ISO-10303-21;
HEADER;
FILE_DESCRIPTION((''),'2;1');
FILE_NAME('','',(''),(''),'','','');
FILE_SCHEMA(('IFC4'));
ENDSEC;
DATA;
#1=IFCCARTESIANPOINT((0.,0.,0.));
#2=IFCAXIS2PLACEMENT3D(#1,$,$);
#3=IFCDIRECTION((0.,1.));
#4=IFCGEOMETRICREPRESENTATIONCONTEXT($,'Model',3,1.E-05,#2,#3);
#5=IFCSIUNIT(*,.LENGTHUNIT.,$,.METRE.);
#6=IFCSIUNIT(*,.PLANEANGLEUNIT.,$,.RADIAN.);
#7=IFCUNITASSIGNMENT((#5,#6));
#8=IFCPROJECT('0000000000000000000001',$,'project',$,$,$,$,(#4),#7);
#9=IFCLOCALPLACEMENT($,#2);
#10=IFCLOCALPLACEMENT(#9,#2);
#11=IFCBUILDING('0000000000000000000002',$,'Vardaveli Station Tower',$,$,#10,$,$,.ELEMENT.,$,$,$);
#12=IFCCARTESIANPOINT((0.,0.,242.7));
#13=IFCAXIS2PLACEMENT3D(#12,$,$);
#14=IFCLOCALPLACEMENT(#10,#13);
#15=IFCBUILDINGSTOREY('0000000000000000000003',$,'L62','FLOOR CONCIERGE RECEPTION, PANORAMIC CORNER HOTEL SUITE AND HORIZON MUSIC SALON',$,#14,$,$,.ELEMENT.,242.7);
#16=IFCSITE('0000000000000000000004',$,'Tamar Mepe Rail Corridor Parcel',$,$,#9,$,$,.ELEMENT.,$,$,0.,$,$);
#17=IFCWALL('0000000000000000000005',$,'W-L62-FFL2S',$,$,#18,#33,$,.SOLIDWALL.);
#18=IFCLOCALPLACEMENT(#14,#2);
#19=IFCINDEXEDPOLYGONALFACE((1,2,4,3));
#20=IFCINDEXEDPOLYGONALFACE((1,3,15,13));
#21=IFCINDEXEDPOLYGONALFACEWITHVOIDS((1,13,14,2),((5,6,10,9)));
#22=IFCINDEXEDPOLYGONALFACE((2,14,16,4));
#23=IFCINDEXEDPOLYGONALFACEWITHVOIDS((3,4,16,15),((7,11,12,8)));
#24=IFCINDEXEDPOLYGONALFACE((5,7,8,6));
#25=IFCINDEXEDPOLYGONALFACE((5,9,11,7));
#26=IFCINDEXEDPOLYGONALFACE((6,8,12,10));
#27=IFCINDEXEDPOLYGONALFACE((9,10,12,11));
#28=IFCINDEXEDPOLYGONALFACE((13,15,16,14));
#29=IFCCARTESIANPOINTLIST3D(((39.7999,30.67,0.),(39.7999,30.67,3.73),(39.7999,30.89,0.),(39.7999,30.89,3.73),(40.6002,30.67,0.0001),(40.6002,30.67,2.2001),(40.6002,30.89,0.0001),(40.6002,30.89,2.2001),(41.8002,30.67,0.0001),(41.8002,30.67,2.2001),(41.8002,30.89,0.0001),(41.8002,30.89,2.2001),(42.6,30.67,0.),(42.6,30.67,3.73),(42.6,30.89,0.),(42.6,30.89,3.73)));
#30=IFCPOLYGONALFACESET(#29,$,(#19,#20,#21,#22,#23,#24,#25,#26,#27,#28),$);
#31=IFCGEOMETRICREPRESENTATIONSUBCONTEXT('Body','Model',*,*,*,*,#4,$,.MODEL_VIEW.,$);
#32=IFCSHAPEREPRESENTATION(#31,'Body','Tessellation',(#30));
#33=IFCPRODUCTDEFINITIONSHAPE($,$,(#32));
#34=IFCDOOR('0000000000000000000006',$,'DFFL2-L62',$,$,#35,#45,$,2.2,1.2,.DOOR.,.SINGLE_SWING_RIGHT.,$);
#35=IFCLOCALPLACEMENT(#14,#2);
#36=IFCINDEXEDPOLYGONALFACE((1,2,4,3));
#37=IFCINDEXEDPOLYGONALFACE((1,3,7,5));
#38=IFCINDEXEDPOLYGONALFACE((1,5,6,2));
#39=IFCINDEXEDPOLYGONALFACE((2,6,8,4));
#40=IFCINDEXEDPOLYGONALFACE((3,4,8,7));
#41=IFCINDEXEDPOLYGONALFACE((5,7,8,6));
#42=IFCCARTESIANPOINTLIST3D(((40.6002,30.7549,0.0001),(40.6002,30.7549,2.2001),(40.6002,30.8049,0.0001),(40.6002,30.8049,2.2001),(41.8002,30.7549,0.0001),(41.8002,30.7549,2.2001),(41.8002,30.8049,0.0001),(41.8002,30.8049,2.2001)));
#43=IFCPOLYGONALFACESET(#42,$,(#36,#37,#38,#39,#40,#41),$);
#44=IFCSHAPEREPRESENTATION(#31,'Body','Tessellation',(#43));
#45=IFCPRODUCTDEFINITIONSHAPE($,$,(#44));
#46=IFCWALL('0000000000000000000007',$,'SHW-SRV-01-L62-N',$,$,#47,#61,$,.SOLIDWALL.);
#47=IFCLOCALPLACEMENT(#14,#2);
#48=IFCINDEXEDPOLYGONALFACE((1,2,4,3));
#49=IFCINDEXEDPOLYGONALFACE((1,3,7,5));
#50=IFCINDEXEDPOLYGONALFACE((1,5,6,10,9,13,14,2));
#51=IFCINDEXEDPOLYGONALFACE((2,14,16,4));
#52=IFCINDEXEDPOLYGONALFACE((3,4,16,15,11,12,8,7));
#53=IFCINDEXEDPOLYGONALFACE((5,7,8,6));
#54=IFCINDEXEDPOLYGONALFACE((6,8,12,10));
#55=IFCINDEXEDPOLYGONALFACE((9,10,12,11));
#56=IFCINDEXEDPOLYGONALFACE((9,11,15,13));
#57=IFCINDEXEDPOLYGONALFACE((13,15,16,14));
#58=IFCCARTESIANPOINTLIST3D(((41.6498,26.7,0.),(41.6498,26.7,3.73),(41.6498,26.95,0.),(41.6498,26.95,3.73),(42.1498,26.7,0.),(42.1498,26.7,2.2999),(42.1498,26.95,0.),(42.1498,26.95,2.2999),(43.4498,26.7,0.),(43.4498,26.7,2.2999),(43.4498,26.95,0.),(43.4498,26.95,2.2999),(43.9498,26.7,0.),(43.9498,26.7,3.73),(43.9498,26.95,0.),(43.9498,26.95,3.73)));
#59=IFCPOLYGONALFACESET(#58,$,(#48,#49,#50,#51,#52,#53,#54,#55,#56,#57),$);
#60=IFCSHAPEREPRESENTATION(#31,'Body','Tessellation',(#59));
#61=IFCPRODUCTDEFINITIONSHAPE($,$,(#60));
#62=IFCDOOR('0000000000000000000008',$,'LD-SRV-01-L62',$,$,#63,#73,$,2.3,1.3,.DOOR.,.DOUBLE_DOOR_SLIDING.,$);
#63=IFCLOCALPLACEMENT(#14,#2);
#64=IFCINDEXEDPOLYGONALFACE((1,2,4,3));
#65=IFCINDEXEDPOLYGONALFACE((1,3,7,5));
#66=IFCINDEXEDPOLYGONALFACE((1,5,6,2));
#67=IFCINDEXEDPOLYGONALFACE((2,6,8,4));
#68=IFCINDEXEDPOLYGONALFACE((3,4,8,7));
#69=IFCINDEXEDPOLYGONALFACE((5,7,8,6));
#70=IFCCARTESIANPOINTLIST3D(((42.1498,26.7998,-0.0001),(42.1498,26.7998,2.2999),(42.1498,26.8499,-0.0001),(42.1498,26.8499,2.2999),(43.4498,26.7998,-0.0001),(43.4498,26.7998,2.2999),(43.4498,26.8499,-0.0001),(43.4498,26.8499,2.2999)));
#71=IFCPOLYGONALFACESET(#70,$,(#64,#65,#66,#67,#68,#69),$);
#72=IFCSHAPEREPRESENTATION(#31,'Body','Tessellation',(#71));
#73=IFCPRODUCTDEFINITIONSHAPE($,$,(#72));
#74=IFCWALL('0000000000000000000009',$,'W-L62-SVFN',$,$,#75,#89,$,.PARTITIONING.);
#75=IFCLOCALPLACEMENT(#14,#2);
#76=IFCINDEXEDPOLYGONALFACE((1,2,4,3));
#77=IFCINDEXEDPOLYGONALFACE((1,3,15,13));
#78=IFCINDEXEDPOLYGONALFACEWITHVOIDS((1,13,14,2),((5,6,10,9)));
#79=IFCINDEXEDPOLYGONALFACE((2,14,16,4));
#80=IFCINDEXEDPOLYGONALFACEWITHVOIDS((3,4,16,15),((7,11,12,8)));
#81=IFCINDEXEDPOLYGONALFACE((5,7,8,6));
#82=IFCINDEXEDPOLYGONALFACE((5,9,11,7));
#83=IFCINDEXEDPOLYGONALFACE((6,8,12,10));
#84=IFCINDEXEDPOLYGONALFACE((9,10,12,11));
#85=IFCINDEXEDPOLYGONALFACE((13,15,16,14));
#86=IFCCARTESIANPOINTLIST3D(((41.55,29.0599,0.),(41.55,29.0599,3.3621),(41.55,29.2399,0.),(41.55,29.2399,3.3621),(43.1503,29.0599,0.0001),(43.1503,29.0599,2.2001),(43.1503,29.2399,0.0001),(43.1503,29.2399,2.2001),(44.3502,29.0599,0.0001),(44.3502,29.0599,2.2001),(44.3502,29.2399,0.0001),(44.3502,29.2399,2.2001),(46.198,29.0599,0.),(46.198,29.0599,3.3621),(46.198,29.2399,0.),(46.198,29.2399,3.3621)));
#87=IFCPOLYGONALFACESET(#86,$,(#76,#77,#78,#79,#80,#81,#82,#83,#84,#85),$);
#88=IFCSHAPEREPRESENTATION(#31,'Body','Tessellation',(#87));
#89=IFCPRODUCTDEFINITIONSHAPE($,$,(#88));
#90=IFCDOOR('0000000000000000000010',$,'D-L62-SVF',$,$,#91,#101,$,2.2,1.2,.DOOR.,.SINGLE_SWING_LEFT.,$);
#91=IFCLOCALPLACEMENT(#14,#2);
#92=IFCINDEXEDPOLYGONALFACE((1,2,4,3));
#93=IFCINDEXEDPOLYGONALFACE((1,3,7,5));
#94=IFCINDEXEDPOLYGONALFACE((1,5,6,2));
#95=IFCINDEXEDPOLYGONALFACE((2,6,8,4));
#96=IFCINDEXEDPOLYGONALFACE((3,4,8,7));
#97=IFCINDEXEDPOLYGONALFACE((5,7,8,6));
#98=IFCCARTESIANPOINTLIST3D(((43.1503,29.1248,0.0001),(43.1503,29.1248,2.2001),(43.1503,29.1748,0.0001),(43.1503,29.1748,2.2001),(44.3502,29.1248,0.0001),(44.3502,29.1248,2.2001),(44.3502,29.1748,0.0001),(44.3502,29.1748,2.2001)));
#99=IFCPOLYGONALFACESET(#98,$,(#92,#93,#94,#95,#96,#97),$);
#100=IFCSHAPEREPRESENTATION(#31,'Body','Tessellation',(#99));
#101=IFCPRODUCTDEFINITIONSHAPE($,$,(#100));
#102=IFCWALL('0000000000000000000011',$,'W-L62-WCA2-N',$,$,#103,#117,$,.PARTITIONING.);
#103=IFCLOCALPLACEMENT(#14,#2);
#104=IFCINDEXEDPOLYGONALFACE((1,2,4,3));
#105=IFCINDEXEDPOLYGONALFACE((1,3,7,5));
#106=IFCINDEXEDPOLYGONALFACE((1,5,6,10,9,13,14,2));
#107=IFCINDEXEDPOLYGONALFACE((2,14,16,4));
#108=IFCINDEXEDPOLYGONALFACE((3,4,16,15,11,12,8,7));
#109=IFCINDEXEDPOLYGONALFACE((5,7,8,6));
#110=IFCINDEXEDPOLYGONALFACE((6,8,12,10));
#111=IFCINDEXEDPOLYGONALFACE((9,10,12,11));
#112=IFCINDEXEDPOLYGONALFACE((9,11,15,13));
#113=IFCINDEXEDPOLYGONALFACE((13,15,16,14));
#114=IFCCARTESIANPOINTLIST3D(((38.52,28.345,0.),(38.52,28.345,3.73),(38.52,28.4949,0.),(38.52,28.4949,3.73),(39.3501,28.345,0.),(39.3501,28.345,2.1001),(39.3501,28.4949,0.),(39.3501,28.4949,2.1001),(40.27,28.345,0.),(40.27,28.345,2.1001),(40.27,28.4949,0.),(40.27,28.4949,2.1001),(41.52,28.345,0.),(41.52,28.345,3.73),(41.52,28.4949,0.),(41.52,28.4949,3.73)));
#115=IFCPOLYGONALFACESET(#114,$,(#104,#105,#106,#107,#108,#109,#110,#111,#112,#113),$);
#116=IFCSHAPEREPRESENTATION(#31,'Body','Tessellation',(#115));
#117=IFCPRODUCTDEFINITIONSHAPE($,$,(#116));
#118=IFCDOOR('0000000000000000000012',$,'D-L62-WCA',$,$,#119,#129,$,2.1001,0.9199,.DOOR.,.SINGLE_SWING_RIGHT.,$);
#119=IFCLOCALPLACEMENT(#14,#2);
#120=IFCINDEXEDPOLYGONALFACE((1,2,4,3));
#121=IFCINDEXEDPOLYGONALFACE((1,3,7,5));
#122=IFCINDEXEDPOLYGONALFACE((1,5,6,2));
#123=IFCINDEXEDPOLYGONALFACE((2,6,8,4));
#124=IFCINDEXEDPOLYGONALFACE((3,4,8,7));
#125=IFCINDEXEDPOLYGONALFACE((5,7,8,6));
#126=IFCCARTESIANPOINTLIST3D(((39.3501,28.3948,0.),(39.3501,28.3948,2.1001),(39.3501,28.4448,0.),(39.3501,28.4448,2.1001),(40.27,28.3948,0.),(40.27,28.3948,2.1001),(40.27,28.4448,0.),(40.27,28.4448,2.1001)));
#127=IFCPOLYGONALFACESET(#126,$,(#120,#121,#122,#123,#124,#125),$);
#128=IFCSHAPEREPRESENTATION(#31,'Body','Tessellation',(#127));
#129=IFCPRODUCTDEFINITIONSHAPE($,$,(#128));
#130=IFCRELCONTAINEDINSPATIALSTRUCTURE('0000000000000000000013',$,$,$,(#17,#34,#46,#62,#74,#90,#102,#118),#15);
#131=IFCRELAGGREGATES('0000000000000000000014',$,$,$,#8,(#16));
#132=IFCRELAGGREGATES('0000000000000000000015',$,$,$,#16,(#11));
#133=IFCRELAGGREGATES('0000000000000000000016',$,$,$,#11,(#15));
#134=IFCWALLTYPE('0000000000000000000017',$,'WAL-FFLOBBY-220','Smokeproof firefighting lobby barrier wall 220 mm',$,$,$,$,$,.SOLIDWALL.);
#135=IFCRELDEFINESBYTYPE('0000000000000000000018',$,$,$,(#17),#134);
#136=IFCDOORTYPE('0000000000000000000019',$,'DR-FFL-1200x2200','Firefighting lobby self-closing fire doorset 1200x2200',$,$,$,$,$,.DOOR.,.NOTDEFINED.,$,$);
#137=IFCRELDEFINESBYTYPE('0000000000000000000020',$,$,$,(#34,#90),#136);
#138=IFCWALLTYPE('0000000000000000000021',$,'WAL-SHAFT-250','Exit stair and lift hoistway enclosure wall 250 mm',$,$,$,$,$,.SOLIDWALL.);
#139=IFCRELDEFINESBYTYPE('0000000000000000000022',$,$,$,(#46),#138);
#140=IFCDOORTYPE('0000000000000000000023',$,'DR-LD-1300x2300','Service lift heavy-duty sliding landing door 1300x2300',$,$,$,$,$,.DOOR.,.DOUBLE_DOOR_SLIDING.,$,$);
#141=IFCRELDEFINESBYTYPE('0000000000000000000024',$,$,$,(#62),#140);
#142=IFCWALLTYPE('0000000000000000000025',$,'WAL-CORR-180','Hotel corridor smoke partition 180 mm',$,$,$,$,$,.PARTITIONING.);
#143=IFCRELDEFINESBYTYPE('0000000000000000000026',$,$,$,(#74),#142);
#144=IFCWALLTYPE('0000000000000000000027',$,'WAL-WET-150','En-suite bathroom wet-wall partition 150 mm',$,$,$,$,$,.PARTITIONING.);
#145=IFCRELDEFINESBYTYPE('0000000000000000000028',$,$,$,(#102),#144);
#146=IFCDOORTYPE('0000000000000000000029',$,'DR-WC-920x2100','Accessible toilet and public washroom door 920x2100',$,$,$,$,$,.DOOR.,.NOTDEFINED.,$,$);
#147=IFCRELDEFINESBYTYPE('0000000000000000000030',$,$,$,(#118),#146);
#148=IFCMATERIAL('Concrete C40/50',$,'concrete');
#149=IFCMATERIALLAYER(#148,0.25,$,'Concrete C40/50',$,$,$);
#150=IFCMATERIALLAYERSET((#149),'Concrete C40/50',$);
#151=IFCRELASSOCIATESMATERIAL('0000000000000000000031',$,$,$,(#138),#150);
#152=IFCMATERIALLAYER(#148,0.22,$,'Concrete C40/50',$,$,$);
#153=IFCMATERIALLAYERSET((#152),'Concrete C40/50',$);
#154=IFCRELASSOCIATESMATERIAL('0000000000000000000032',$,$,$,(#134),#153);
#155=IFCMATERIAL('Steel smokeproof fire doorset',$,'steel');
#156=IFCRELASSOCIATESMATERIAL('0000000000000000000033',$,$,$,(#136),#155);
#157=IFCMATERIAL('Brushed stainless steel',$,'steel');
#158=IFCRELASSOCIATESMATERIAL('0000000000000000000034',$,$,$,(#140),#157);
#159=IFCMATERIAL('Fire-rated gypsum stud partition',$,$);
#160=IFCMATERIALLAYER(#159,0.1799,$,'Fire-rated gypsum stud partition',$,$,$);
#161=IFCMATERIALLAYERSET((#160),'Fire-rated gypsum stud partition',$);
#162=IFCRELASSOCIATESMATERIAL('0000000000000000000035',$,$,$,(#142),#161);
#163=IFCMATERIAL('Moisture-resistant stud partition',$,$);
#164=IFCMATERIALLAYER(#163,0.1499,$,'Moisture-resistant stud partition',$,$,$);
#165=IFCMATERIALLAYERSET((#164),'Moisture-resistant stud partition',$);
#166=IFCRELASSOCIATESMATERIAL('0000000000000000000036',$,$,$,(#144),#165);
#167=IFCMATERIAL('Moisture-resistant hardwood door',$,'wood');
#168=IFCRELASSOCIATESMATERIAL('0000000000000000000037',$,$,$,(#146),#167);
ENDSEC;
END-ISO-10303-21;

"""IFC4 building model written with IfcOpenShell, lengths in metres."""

from ifc_helpers import new_model, si_unit, direction, frame, frame_2d, origin, place, context, subcontext, project, spatial, rectangle, extrude, source, transform, mapped, material, layer, layer_set, type_object, element, fill, save


model = new_model("IFC4")

# Units and contexts
model_context = context("Model", 3, precision=1e-05, world=origin(), true_north=direction((0.0, 1.0)))
body_context = subcontext(model_context, "Body", "Model", "MODEL_VIEW")
ifc_project = project(units=[si_unit("LENGTHUNIT", "METRE"), si_unit("PLANEANGLEUNIT", "RADIAN")], contexts=[model_context])

# Site, building, storey
site_placement = place(None, origin())
site = spatial("IfcSite", under=ifc_project, at=site_placement, Name="Tamar Mepe Rail Corridor Parcel", CompositionType="ELEMENT", RefElevation=0.0)
building_placement = place(site_placement, origin())
building = spatial("IfcBuilding", under=site, at=building_placement, Name="Vardaveli Station Tower", CompositionType="ELEMENT")
storey_placement = place(building_placement, frame((0.0, 0.0, 242.7)))
storey = spatial("IfcBuildingStorey", under=building, at=storey_placement, Name="L62", Description="FLOOR CONCIERGE RECEPTION, PANORAMIC CORNER HOTEL SUITE AND HORIZON MUSIC SALON", CompositionType="ELEMENT", Elevation=242.7)

# Shared definitions
ifc_material_1 = material(Name="Concrete C40/50", Category="concrete")
ifc_layer_1 = layer(ifc_material_1, 0.25, Name="Concrete C40/50")
ifc_layer_set_1 = layer_set([ifc_layer_1], Name="Concrete C40/50")
wall_type_1 = type_object("IfcWallType", Name="WAL-SHAFT-250", Description="Exit stair and lift hoistway enclosure wall 250 mm", PredefinedType="SOLIDWALL", material=ifc_layer_set_1)

# Walls, openings, doors
ifc_material_2 = material(Name="Steel smokeproof fire doorset", Category="steel")
ifc_layer_2 = layer(ifc_material_1, 0.22, Name="Concrete C40/50")
ifc_layer_set_2 = layer_set([ifc_layer_2], Name="Concrete C40/50")
wall_type_2 = type_object("IfcWallType", Name="WAL-FFLOBBY-220", Description="Smokeproof firefighting lobby barrier wall 220 mm", PredefinedType="SOLIDWALL", material=ifc_layer_set_2)
shared_shape_1 = source(origin(), body_context, "Body", "SweptSolid", [
    extrude(rectangle(XDim=2.8, YDim=0.22, at=frame_2d((1.3999, 0.0))), origin(), (0.0, 0.0, 1.0), 3.73),
])
wall_1_placement = place(storey_placement, frame((39.8, 30.78, 0.0), z_axis=(0.0, 0.0, 1.0), x_axis=(1.0, 0.0, 0.0)))
wall_1 = element("IfcWall", 1, at=wall_1_placement, inside=storey, type_object=wall_type_2, Name="W-L62-FFL2S", PredefinedType="SOLIDWALL", context=body_context, shape_type="MappedRepresentation", body=[
    mapped(shared_shape_1, transform((0.0, 0.0, 0.0), scale=1.0)),
])
shared_shape_2 = source(origin(), body_context, "Body", "SweptSolid", [
    extrude(rectangle(XDim=1.2, YDim=2.2, at=frame_2d((0.6001, 1.1001))), frame((0.0, 0.1201, 0.0), z_axis=(0.0, -1.0, 0.0), x_axis=(1.0, 0.0, 0.0)), (0.0, 0.0, 1.0), 0.24),
])
opening_1_placement = place(wall_1_placement, frame((0.8, 0.0, 0.0)))
opening_1 = element("IfcOpeningElement", 2, at=opening_1_placement, cuts=wall_1, PredefinedType="OPENING", context=body_context, shape_type="MappedRepresentation", body=[
    mapped(shared_shape_2, transform((0.0, 0.0, 0.0), scale=1.0)),
])
door_type_1 = type_object("IfcDoorType", Name="DR-FFL-1200x2200", Description="Firefighting lobby self-closing fire doorset 1200x2200", OperationType="NOTDEFINED", PredefinedType="DOOR", material=ifc_material_2)
shared_shape_3 = source(origin(), body_context, "Body", "SweptSolid", [
    extrude(rectangle(XDim=1.2, YDim=2.2, at=frame_2d((0.6001, 1.1001))), frame((0.0, 0.0249, 0.0), z_axis=(0.0, -1.0, 0.0), x_axis=(1.0, 0.0, 0.0)), (0.0, 0.0, 1.0), 0.05),
])
door_1_placement = place(opening_1_placement, origin())
door_1 = element("IfcDoor", 3, at=door_1_placement, inside=storey, type_object=door_type_1, Name="DFFL2-L62", OperationType="SINGLE_SWING_RIGHT", OverallHeight=2.2, OverallWidth=1.2, PredefinedType="DOOR", context=body_context, shape_type="MappedRepresentation", body=[
    mapped(shared_shape_3, transform((0.0, 0.0, 0.0), scale=1.0)),
])
fill(opening_1, door_1)
shared_shape_4 = source(origin(), body_context, "Body", "SweptSolid", [
    extrude(rectangle(XDim=2.3, YDim=0.25, at=frame_2d((1.1499, 0.0))), origin(), (0.0, 0.0, 1.0), 3.73),
])
wall_2_placement = place(storey_placement, frame((41.6499, 26.825, 0.0), z_axis=(0.0, 0.0, 1.0), x_axis=(1.0, 0.0, 0.0)))
wall_2 = element("IfcWall", 4, at=wall_2_placement, inside=storey, type_object=wall_type_1, Name="SHW-SRV-01-L62-N", PredefinedType="SOLIDWALL", context=body_context, shape_type="MappedRepresentation", body=[
    mapped(shared_shape_4, transform((0.0, 0.0, 0.0), scale=1.0)),
])
shared_shape_5 = source(origin(), body_context, "Body", "SweptSolid", [
    extrude(rectangle(XDim=1.3, YDim=2.3, at=frame_2d((0.6499, 1.1499))), frame((0.0, 0.135, 0.0), z_axis=(0.0, -1.0, 0.0), x_axis=(1.0, 0.0, 0.0)), (0.0, 0.0, 1.0), 0.27),
])
opening_2_placement = place(wall_2_placement, frame((0.5, 0.0, 0.0)))
opening_2 = element("IfcOpeningElement", 5, at=opening_2_placement, cuts=wall_2, PredefinedType="OPENING", context=body_context, shape_type="MappedRepresentation", body=[
    mapped(shared_shape_5, transform((0.0, 0.0, 0.0), scale=1.0)),
])
ifc_material_3 = material(Name="Brushed stainless steel", Category="steel")
door_type_2 = type_object("IfcDoorType", Name="DR-LD-1300x2300", Description="Service lift heavy-duty sliding landing door 1300x2300", OperationType="DOUBLE_DOOR_SLIDING", PredefinedType="DOOR", material=ifc_material_3)
shared_shape_6 = source(origin(), body_context, "Body", "SweptSolid", [
    extrude(rectangle(XDim=1.3, YDim=2.3, at=frame_2d((0.6499, 1.1499))), frame((0.0, 0.0249, 0.0), z_axis=(0.0, -1.0, 0.0), x_axis=(1.0, 0.0, 0.0)), (0.0, 0.0, 1.0), 0.05),
])
door_2_placement = place(opening_2_placement, origin())
door_2 = element("IfcDoor", 6, at=door_2_placement, inside=storey, type_object=door_type_2, Name="LD-SRV-01-L62", OperationType="DOUBLE_DOOR_SLIDING", OverallHeight=2.3, OverallWidth=1.3, PredefinedType="DOOR", context=body_context, shape_type="MappedRepresentation", body=[
    mapped(shared_shape_6, transform((0.0, 0.0, 0.0), scale=1.0)),
])
fill(opening_2, door_2)
ifc_material_4 = material(Name="Fire-rated gypsum stud partition")
ifc_layer_3 = layer(ifc_material_4, 0.1799, Name="Fire-rated gypsum stud partition")
ifc_layer_set_3 = layer_set([ifc_layer_3], Name="Fire-rated gypsum stud partition")
wall_type_3 = type_object("IfcWallType", Name="WAL-CORR-180", Description="Hotel corridor smoke partition 180 mm", PredefinedType="PARTITIONING", material=ifc_layer_set_3)
shared_shape_7 = source(origin(), body_context, "Body", "SweptSolid", [
    extrude(rectangle(XDim=4.6479, YDim=0.1799, at=frame_2d((2.324, 0.0))), origin(), (0.0, 0.0, 1.0), 3.3621),
])
wall_3_placement = place(storey_placement, frame((41.55, 29.1499, 0.0), z_axis=(0.0, 0.0, 1.0), x_axis=(1.0, 0.0, 0.0)))
wall_3 = element("IfcWall", 7, at=wall_3_placement, inside=storey, type_object=wall_type_3, Name="W-L62-SVFN", PredefinedType="PARTITIONING", context=body_context, shape_type="MappedRepresentation", body=[
    mapped(shared_shape_7, transform((0.0, 0.0, 0.0), scale=1.0)),
])
shared_shape_8 = source(origin(), body_context, "Body", "SweptSolid", [
    extrude(rectangle(XDim=1.2, YDim=2.2, at=frame_2d((0.6001, 1.1001))), frame((0.0, 0.1001, 0.0), z_axis=(0.0, -1.0, 0.0), x_axis=(1.0, 0.0, 0.0)), (0.0, 0.0, 1.0), 0.2),
])
opening_3_placement = place(wall_3_placement, frame((1.6001, 0.0, 0.0)))
opening_3 = element("IfcOpeningElement", 8, at=opening_3_placement, cuts=wall_3, PredefinedType="OPENING", context=body_context, shape_type="MappedRepresentation", body=[
    mapped(shared_shape_8, transform((0.0, 0.0, 0.0), scale=1.0)),
])
door_3_placement = place(opening_3_placement, origin())
door_3 = element("IfcDoor", 9, at=door_3_placement, inside=storey, type_object=door_type_1, Name="D-L62-SVF", OperationType="SINGLE_SWING_LEFT", OverallHeight=2.2, OverallWidth=1.2, PredefinedType="DOOR", context=body_context, shape_type="MappedRepresentation", body=[
    mapped(shared_shape_3, transform((0.0, 0.0, 0.0), scale=1.0)),
])
fill(opening_3, door_3)
ifc_material_5 = material(Name="Moisture-resistant stud partition")
ifc_layer_4 = layer(ifc_material_5, 0.1499, Name="Moisture-resistant stud partition")
ifc_layer_set_4 = layer_set([ifc_layer_4], Name="Moisture-resistant stud partition")
wall_type_4 = type_object("IfcWallType", Name="WAL-WET-150", Description="En-suite bathroom wet-wall partition 150 mm", PredefinedType="PARTITIONING", material=ifc_layer_set_4)
shared_shape_9 = source(origin(), body_context, "Body", "SweptSolid", [
    extrude(rectangle(XDim=3.0, YDim=0.1499, at=frame_2d((1.5, 0.0))), origin(), (0.0, 0.0, 1.0), 3.73),
])
wall_4_placement = place(storey_placement, frame((38.52, 28.4199, 0.0), z_axis=(0.0, 0.0, 1.0), x_axis=(1.0, 0.0, 0.0)))
wall_4 = element("IfcWall", 10, at=wall_4_placement, inside=storey, type_object=wall_type_4, Name="W-L62-WCA2-N", PredefinedType="PARTITIONING", context=body_context, shape_type="MappedRepresentation", body=[
    mapped(shared_shape_9, transform((0.0, 0.0, 0.0), scale=1.0)),
])
shared_shape_10 = source(origin(), body_context, "Body", "SweptSolid", [
    extrude(rectangle(XDim=0.9199, YDim=2.1001, at=frame_2d((0.46, 1.05))), frame((0.0, 0.085, 0.0), z_axis=(0.0, -1.0, 0.0), x_axis=(1.0, 0.0, 0.0)), (0.0, 0.0, 1.0), 0.1699),
])
opening_4_placement = place(wall_4_placement, frame((0.8301, 0.0, 0.0)))
opening_4 = element("IfcOpeningElement", 11, at=opening_4_placement, cuts=wall_4, PredefinedType="OPENING", context=body_context, shape_type="MappedRepresentation", body=[
    mapped(shared_shape_10, transform((0.0, 0.0, 0.0), scale=1.0)),
])
ifc_material_6 = material(Name="Moisture-resistant hardwood door", Category="wood")
door_type_3 = type_object("IfcDoorType", Name="DR-WC-920x2100", Description="Accessible toilet and public washroom door 920x2100", OperationType="NOTDEFINED", PredefinedType="DOOR", material=ifc_material_6)
shared_shape_11 = source(origin(), body_context, "Body", "SweptSolid", [
    extrude(rectangle(XDim=0.9199, YDim=2.1001, at=frame_2d((0.46, 1.05))), frame((0.0, 0.0249, 0.0), z_axis=(0.0, -1.0, 0.0), x_axis=(1.0, 0.0, 0.0)), (0.0, 0.0, 1.0), 0.05),
])
door_4_placement = place(opening_4_placement, origin())
door_4 = element("IfcDoor", 12, at=door_4_placement, inside=storey, type_object=door_type_3, Name="D-L62-WCA", OperationType="SINGLE_SWING_RIGHT", OverallHeight=2.1001, OverallWidth=0.9199, PredefinedType="DOOR", context=body_context, shape_type="MappedRepresentation", body=[
    mapped(shared_shape_11, transform((0.0, 0.0, 0.0), scale=1.0)),
])
fill(opening_4, door_4)

save(model, "model.ifc")
